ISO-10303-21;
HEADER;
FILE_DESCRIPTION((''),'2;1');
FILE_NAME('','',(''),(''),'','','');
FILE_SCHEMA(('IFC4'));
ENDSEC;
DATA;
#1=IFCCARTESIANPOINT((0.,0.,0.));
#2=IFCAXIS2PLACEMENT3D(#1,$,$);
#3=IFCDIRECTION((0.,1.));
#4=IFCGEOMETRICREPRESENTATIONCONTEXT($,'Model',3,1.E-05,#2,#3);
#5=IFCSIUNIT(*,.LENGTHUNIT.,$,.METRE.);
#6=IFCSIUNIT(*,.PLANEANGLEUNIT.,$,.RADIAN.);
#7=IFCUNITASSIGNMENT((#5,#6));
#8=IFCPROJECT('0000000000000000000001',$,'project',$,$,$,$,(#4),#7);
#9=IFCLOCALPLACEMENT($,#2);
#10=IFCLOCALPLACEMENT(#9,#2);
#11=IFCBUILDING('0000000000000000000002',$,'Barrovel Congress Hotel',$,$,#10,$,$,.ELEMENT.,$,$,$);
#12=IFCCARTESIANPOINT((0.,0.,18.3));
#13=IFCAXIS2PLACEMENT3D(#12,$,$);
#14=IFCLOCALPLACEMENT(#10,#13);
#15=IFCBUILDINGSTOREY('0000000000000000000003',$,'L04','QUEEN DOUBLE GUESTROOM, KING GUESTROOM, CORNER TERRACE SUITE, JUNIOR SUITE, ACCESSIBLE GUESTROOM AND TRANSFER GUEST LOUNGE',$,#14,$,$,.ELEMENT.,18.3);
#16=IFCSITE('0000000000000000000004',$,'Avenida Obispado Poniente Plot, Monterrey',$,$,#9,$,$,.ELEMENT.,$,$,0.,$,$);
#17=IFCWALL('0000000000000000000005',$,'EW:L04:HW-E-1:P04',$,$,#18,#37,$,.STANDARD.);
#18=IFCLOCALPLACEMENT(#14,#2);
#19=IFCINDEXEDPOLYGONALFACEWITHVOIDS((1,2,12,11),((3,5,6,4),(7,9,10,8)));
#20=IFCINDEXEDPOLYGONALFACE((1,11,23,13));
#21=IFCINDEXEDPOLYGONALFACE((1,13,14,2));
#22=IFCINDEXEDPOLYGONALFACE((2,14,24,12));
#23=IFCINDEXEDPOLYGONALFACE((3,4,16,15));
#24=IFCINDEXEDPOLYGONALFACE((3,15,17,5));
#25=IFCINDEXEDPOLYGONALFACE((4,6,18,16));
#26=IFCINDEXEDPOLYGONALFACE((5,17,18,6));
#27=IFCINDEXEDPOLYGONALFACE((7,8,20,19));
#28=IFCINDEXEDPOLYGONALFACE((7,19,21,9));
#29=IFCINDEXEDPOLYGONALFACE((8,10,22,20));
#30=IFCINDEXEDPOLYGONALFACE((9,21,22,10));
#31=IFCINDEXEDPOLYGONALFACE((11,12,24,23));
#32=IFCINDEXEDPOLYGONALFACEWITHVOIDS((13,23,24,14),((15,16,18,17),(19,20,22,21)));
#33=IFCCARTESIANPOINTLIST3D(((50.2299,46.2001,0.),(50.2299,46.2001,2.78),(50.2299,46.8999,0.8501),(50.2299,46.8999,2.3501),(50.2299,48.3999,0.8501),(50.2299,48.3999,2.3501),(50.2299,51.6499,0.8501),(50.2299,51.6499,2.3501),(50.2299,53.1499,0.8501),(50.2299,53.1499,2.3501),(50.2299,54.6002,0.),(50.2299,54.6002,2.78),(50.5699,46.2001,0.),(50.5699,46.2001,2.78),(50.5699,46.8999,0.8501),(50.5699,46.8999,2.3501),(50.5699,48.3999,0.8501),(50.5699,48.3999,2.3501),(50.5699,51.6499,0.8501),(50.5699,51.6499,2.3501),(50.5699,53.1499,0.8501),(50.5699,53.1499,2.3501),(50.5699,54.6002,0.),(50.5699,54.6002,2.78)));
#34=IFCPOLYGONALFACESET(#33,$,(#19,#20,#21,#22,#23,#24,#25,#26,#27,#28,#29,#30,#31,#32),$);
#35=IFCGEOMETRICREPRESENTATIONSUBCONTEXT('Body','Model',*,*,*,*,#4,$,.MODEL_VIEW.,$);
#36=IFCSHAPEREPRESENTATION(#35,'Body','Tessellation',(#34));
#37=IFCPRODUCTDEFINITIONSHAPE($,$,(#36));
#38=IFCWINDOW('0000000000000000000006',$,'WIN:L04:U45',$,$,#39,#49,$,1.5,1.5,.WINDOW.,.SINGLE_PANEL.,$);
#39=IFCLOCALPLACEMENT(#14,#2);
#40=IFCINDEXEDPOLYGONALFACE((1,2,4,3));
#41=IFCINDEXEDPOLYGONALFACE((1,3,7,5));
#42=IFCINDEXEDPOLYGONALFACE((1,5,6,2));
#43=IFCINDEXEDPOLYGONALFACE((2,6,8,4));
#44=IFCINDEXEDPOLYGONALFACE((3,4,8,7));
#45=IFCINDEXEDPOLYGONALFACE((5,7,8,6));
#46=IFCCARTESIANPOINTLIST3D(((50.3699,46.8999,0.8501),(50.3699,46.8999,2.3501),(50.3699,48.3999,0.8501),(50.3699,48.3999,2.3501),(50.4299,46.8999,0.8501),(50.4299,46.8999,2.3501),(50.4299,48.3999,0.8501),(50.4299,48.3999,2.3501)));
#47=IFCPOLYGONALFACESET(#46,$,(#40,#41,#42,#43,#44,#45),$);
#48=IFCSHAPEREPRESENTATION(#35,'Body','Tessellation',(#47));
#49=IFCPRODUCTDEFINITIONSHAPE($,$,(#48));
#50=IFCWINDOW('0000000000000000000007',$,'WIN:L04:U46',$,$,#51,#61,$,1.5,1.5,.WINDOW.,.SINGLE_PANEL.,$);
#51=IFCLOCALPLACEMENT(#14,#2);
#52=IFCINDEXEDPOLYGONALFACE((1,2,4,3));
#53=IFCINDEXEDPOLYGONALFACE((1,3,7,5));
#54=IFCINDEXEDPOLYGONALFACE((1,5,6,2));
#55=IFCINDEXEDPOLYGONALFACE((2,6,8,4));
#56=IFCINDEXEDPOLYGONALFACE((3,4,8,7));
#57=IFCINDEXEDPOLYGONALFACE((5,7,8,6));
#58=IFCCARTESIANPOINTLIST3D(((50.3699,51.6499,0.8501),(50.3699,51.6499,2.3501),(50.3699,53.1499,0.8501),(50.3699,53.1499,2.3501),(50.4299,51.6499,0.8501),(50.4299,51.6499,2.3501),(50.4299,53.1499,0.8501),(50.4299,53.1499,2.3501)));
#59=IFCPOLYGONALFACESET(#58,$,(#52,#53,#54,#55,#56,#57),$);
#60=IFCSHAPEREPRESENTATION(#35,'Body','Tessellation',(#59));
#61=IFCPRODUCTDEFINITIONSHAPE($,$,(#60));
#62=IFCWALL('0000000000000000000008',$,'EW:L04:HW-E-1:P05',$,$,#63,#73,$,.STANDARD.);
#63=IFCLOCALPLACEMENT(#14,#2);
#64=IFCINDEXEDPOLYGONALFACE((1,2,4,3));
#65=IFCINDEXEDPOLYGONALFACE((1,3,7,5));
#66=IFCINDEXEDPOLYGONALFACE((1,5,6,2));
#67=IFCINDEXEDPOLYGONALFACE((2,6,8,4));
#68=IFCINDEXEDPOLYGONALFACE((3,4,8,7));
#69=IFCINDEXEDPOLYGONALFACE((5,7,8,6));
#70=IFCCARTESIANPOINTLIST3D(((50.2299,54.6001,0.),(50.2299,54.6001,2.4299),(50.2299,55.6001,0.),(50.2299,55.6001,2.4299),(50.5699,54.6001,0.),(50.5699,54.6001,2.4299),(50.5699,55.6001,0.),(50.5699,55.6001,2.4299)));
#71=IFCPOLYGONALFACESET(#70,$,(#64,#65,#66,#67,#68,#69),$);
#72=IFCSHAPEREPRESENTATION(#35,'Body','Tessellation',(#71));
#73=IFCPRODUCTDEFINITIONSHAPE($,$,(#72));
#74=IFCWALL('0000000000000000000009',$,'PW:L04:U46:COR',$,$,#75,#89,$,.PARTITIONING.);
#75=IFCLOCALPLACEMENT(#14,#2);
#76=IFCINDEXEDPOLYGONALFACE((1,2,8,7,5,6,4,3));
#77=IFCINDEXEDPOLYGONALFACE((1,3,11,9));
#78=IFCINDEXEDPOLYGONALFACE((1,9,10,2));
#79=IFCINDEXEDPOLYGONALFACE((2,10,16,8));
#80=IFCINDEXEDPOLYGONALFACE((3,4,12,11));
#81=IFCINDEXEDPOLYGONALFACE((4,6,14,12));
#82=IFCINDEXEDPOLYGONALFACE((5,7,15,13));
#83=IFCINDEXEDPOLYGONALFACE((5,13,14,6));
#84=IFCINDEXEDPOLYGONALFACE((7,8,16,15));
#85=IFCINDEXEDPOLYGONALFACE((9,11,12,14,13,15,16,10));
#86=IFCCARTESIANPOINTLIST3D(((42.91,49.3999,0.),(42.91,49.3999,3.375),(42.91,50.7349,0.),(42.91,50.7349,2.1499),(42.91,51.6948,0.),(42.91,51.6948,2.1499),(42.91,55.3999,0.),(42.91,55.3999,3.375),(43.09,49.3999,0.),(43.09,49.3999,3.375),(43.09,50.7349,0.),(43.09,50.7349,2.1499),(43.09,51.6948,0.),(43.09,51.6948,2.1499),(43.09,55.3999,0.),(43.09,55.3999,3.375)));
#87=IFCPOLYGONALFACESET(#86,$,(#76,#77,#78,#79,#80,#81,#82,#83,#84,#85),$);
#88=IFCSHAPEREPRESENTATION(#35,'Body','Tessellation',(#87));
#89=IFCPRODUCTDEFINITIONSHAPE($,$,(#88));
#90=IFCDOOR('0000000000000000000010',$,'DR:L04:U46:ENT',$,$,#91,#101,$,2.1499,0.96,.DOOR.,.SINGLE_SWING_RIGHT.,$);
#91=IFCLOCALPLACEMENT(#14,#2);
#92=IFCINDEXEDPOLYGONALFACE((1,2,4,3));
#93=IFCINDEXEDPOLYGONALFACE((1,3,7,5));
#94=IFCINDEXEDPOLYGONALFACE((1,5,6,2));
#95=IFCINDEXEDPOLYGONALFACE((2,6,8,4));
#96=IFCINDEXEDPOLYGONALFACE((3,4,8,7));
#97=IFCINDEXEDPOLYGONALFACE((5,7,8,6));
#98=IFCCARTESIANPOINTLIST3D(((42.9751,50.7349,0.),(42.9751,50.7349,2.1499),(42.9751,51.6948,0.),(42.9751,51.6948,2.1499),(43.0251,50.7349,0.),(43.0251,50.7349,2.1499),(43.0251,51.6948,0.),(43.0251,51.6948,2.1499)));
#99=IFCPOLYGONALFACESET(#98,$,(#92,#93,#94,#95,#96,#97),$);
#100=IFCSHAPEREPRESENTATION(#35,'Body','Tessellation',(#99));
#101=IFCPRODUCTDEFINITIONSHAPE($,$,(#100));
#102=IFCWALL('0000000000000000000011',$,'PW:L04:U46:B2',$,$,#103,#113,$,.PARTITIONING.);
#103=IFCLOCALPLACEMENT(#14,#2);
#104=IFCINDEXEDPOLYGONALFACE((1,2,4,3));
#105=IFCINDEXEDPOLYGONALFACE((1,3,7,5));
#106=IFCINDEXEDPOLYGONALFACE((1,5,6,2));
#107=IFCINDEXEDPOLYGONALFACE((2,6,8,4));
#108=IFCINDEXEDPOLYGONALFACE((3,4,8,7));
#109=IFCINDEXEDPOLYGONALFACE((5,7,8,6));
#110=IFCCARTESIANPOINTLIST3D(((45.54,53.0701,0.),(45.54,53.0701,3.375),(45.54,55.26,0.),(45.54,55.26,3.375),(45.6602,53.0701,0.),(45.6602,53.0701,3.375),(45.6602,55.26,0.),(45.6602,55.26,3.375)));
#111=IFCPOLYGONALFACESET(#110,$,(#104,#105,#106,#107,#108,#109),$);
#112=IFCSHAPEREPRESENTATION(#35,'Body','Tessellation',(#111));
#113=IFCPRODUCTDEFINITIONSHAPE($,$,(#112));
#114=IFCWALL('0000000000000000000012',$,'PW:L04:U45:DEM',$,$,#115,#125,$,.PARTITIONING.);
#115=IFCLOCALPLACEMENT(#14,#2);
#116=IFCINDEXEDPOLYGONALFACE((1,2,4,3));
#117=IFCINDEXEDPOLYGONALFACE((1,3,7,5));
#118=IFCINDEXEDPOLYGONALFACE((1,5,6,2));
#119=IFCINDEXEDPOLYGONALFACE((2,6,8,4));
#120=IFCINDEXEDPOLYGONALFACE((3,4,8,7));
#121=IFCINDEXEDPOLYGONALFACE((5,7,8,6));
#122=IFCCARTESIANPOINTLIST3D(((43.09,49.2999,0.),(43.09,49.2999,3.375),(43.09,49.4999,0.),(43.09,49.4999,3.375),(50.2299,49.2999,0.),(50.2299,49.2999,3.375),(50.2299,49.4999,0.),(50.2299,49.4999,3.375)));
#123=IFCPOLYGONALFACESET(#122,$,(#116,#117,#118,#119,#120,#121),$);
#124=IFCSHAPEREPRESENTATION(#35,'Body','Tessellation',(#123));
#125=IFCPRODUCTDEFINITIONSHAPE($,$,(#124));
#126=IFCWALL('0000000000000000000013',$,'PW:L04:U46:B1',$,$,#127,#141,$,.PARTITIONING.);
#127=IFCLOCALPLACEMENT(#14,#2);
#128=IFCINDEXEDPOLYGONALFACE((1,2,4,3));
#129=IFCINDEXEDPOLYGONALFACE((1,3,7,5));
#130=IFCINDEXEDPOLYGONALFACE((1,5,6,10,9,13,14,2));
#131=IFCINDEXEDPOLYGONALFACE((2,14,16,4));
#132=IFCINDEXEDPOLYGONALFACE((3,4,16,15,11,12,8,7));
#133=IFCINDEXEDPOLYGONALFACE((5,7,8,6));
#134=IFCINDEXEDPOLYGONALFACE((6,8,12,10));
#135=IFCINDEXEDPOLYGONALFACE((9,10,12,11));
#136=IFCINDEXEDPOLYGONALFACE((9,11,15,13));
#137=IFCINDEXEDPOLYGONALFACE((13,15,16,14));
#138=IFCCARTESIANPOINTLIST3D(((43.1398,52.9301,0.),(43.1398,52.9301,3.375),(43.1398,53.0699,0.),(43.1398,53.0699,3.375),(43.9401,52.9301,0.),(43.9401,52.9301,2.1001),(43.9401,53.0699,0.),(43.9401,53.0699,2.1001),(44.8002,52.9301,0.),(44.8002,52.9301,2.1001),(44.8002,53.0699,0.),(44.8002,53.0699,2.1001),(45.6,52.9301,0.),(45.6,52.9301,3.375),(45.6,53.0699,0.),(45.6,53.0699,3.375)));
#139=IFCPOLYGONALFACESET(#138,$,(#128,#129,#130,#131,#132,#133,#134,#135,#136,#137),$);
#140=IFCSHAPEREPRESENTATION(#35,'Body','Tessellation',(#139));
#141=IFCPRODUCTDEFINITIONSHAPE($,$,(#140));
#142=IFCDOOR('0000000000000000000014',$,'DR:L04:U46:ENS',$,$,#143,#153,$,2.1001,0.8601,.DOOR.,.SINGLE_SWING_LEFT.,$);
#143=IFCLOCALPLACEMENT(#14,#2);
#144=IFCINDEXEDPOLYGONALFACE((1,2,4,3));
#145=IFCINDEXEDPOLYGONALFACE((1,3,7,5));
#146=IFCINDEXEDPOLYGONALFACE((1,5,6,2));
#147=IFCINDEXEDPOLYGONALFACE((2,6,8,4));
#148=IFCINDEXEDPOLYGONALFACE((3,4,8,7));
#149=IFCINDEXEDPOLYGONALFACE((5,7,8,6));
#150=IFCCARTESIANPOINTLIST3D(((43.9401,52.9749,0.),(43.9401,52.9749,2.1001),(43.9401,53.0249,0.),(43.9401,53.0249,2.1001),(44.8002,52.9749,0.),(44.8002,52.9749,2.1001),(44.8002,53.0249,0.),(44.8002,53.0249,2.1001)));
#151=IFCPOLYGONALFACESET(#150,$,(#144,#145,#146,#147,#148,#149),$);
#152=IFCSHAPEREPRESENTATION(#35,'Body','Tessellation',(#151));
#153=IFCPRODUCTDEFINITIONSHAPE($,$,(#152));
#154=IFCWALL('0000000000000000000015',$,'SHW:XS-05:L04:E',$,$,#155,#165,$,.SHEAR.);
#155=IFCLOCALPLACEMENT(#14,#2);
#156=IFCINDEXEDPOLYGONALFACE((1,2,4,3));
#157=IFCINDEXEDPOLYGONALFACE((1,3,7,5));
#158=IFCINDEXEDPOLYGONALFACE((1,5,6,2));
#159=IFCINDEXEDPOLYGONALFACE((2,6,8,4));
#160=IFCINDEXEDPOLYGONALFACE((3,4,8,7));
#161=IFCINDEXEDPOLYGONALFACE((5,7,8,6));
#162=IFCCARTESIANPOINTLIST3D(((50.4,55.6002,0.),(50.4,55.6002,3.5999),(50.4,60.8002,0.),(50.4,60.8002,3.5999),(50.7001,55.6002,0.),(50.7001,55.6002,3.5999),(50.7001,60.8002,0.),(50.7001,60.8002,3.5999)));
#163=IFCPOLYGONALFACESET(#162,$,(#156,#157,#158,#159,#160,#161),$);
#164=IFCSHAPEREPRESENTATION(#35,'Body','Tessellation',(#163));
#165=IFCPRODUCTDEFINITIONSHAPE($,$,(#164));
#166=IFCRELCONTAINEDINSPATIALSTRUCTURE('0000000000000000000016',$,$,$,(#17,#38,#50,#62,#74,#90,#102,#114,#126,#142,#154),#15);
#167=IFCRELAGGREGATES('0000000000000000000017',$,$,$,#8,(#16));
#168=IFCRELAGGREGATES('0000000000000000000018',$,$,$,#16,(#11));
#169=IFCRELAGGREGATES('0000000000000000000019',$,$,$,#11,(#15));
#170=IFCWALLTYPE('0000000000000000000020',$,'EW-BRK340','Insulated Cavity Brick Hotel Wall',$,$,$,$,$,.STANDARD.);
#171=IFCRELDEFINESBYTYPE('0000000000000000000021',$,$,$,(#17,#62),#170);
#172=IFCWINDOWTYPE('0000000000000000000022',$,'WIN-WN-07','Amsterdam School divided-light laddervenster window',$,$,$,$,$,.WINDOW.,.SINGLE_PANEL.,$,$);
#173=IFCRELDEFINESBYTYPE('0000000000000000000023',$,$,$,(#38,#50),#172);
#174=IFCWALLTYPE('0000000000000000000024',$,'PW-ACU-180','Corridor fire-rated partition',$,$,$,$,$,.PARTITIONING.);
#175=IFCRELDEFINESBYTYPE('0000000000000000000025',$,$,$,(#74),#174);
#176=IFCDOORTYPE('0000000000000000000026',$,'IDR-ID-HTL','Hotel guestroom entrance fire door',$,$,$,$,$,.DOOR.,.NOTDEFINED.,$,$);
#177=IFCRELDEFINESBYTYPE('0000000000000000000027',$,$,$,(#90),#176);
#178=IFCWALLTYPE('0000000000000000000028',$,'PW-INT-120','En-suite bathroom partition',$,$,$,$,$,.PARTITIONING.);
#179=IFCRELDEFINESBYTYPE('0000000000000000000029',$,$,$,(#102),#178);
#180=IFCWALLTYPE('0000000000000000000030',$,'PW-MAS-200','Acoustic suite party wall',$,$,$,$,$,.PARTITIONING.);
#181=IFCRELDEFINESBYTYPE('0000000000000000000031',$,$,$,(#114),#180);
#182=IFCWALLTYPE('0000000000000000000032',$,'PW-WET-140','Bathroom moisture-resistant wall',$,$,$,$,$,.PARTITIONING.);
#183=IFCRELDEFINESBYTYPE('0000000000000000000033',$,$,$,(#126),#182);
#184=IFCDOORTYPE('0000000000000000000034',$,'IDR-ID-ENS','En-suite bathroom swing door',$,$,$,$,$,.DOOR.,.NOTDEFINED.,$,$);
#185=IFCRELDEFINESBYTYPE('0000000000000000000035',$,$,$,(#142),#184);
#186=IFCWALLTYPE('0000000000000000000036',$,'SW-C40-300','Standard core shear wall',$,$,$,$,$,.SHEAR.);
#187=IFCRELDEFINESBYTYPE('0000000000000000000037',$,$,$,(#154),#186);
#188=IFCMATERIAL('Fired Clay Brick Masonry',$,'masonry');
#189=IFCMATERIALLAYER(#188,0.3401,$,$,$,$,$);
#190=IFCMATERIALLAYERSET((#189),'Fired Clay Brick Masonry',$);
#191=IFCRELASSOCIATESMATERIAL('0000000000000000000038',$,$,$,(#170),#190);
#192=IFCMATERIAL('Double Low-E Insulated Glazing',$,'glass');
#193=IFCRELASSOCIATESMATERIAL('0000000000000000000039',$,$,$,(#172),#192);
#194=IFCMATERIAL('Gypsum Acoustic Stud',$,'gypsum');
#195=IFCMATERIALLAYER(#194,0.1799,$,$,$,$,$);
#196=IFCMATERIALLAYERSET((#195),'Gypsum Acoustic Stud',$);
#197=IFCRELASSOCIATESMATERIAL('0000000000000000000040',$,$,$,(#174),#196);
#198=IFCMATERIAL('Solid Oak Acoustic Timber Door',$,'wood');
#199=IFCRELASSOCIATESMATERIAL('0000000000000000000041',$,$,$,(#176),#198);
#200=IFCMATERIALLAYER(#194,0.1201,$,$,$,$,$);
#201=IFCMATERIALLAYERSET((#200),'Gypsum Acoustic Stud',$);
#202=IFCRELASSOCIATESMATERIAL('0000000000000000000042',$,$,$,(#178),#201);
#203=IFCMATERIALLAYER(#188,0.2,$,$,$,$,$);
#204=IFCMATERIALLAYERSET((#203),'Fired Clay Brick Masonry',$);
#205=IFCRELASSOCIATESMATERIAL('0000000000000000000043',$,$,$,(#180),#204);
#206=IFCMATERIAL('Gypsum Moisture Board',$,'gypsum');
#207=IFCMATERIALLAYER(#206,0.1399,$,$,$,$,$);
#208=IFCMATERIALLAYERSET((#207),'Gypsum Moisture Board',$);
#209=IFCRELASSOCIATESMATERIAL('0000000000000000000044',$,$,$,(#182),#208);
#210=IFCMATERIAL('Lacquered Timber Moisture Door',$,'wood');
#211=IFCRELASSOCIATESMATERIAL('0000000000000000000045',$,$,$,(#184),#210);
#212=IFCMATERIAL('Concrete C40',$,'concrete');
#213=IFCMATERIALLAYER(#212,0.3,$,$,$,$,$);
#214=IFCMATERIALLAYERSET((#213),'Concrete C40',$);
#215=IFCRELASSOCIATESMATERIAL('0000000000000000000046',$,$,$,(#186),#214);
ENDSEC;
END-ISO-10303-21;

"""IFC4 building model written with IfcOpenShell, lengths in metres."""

from ifc_helpers import new_model, si_unit, direction, frame, frame_2d, origin, place, context, subcontext, project, spatial, rectangle, extrude, material, layer, layer_set, type_object, element, fill, save


model = new_model("IFC4")

# Units and contexts
model_context = context("Model", 3, precision=1e-05, world=origin(), true_north=direction((0.0, 1.0)))
body_context = subcontext(model_context, "Body", "Model", "MODEL_VIEW")
ifc_project = project(units=[si_unit("LENGTHUNIT", "METRE"), si_unit("PLANEANGLEUNIT", "RADIAN")], contexts=[model_context])

# Site, building, storey
site_placement = place(None, origin())
site = spatial("IfcSite", under=ifc_project, at=site_placement, Name="Avenida Obispado Poniente Plot, Monterrey", CompositionType="ELEMENT", RefElevation=0.0)
building_placement = place(site_placement, origin())
building = spatial("IfcBuilding", under=site, at=building_placement, Name="Barrovel Congress Hotel", CompositionType="ELEMENT")
storey_placement = place(building_placement, frame((0.0, 0.0, 18.3)))
storey = spatial("IfcBuildingStorey", under=building, at=storey_placement, Name="L04", Description="QUEEN DOUBLE GUESTROOM, KING GUESTROOM, CORNER TERRACE SUITE, JUNIOR SUITE, ACCESSIBLE GUESTROOM AND TRANSFER GUEST LOUNGE", CompositionType="ELEMENT", Elevation=18.3)

# Shared definitions
ifc_material_1 = material(Name="Concrete C40", Category="concrete")

# Wall, openings, windows
ifc_material_2 = material(Name="Fired Clay Brick Masonry", Category="masonry")
ifc_layer_1 = layer(ifc_material_2, 0.3401)
ifc_layer_set_1 = layer_set([ifc_layer_1], Name="Fired Clay Brick Masonry")
wall_type_1 = type_object("IfcWallType", Name="EW-BRK340", Description="Insulated Cavity Brick Hotel Wall", PredefinedType="STANDARD", material=ifc_layer_set_1)
wall_1_placement = place(storey_placement, frame((50.3999, 46.2, 0.0), z_axis=(0.0, 0.0, 1.0), x_axis=(0.0, 1.0, 0.0)))
wall_1 = element("IfcWall", 1, at=wall_1_placement, inside=storey, type_object=wall_type_1, Name="EW:L04:HW-E-1:P04", PredefinedType="STANDARD", context=body_context, shape_type="SweptSolid", body=[
    extrude(rectangle(XDim=8.4001, YDim=0.3401, at=frame_2d((4.2002, 0.0))), origin(), (0.0, 0.0, 1.0), 2.78),
])
opening_1_placement = place(wall_1_placement, frame((0.7, 0.0, 0.8501)))
opening_1 = element("IfcOpeningElement", 2, at=opening_1_placement, cuts=wall_1, PredefinedType="OPENING", context=body_context, shape_type="SweptSolid", body=[
    extrude(rectangle(XDim=1.5, YDim=1.5, at=frame_2d((0.75, 0.75))), frame((0.0, 0.1802, 0.0), z_axis=(0.0, -1.0, 0.0), x_axis=(1.0, 0.0, 0.0)), (0.0, 0.0, 1.0), 0.3601),
])
opening_2_placement = place(wall_1_placement, frame((5.45, 0.0, 0.8501)))
opening_2 = element("IfcOpeningElement", 3, at=opening_2_placement, cuts=wall_1, PredefinedType="OPENING", context=body_context, shape_type="SweptSolid", body=[
    extrude(rectangle(XDim=1.5, YDim=1.5, at=frame_2d((0.75, 0.75))), frame((0.0, 0.1802, 0.0), z_axis=(0.0, -1.0, 0.0), x_axis=(1.0, 0.0, 0.0)), (0.0, 0.0, 1.0), 0.3601),
])
ifc_material_3 = material(Name="Double Low-E Insulated Glazing", Category="glass")
window_type = type_object("IfcWindowType", Name="WIN-WN-07", Description="Amsterdam School divided-light laddervenster window", PartitioningType="SINGLE_PANEL", PredefinedType="WINDOW", material=ifc_material_3)
window_1_placement = place(opening_1_placement, origin())
window_1 = element("IfcWindow", 4, at=window_1_placement, inside=storey, type_object=window_type, Name="WIN:L04:U45", OverallHeight=1.5, OverallWidth=1.5, PartitioningType="SINGLE_PANEL", PredefinedType="WINDOW", context=body_context, shape_type="SweptSolid", body=[
    extrude(rectangle(XDim=1.5, YDim=1.5, at=frame_2d((0.75, 0.75))), frame((0.0, 0.03, 0.0), z_axis=(0.0, -1.0, 0.0), x_axis=(1.0, 0.0, 0.0)), (0.0, 0.0, 1.0), 0.0601),
])
fill(opening_1, window_1)
window_2_placement = place(opening_2_placement, origin())
window_2 = element("IfcWindow", 5, at=window_2_placement, inside=storey, type_object=window_type, Name="WIN:L04:U46", OverallHeight=1.5, OverallWidth=1.5, PartitioningType="SINGLE_PANEL", PredefinedType="WINDOW", context=body_context, shape_type="SweptSolid", body=[
    extrude(rectangle(XDim=1.5, YDim=1.5, at=frame_2d((0.75, 0.75))), frame((0.0, 0.03, 0.0), z_axis=(0.0, -1.0, 0.0), x_axis=(1.0, 0.0, 0.0)), (0.0, 0.0, 1.0), 0.0601),
])
fill(opening_2, window_2)

# Wall
wall_2_placement = place(storey_placement, frame((50.3999, 54.6001, 0.0), z_axis=(0.0, 0.0, 1.0), x_axis=(0.0, 1.0, 0.0)))
element("IfcWall", 6, at=wall_2_placement, inside=storey, type_object=wall_type_1, Name="EW:L04:HW-E-1:P05", PredefinedType="STANDARD", context=body_context, shape_type="SweptSolid", body=[
    extrude(rectangle(XDim=1.0, YDim=0.3401, at=frame_2d((0.5, 0.0))), origin(), (0.0, 0.0, 1.0), 2.4299),
])

# Wall, opening, door
ifc_material_4 = material(Name="Gypsum Acoustic Stud", Category="gypsum")
ifc_layer_2 = layer(ifc_material_4, 0.1799)
ifc_layer_set_2 = layer_set([ifc_layer_2], Name="Gypsum Acoustic Stud")
wall_type_2 = type_object("IfcWallType", Name="PW-ACU-180", Description="Corridor fire-rated partition", PredefinedType="PARTITIONING", material=ifc_layer_set_2)
wall_3_placement = place(storey_placement, frame((43.0, 49.3999, 0.0), z_axis=(0.0, 0.0, 1.0), x_axis=(0.0, 1.0, 0.0)))
wall_3 = element("IfcWall", 7, at=wall_3_placement, inside=storey, type_object=wall_type_2, Name="PW:L04:U46:COR", PredefinedType="PARTITIONING", context=body_context, shape_type="SweptSolid", body=[
    extrude(rectangle(XDim=6.0, YDim=0.1799, at=frame_2d((3.0, 0.0))), origin(), (0.0, 0.0, 1.0), 3.375),
])
opening_3_placement = place(wall_3_placement, frame((1.335, 0.0, 0.0)))
opening_3 = element("IfcOpeningElement", 8, at=opening_3_placement, cuts=wall_3, PredefinedType="OPENING", context=body_context, shape_type="SweptSolid", body=[
    extrude(rectangle(XDim=0.96, YDim=2.1499, at=frame_2d((0.48, 1.075))), frame((0.0, 0.1001, 0.0), z_axis=(0.0, -1.0, 0.0), x_axis=(1.0, 0.0, 0.0)), (0.0, 0.0, 1.0), 0.2),
])
ifc_material_5 = material(Name="Solid Oak Acoustic Timber Door", Category="wood")
door_type_1 = type_object("IfcDoorType", Name="IDR-ID-HTL", Description="Hotel guestroom entrance fire door", OperationType="NOTDEFINED", PredefinedType="DOOR", material=ifc_material_5)
door_1_placement = place(opening_3_placement, origin())
door_1 = element("IfcDoor", 9, at=door_1_placement, inside=storey, type_object=door_type_1, Name="DR:L04:U46:ENT", OperationType="SINGLE_SWING_RIGHT", OverallHeight=2.1499, OverallWidth=0.96, PredefinedType="DOOR", context=body_context, shape_type="SweptSolid", body=[
    extrude(rectangle(XDim=0.96, YDim=2.1499, at=frame_2d((0.48, 1.075))), frame((0.0, 0.0249, 0.0), z_axis=(0.0, -1.0, 0.0), x_axis=(1.0, 0.0, 0.0)), (0.0, 0.0, 1.0), 0.05),
])
fill(opening_3, door_1)

# Walls
ifc_layer_3 = layer(ifc_material_4, 0.1201)
ifc_layer_set_3 = layer_set([ifc_layer_3], Name="Gypsum Acoustic Stud")
wall_type_3 = type_object("IfcWallType", Name="PW-INT-120", Description="En-suite bathroom partition", PredefinedType="PARTITIONING", material=ifc_layer_set_3)
wall_4_placement = place(storey_placement, frame((45.6001, 53.0701, 0.0), z_axis=(0.0, 0.0, 1.0), x_axis=(0.0, 1.0, 0.0)))
element("IfcWall", 10, at=wall_4_placement, inside=storey, type_object=wall_type_3, Name="PW:L04:U46:B2", PredefinedType="PARTITIONING", context=body_context, shape_type="SweptSolid", body=[
    extrude(rectangle(XDim=2.1899, YDim=0.1201, at=frame_2d((1.095, 0.0))), origin(), (0.0, 0.0, 1.0), 3.375),
])
ifc_layer_4 = layer(ifc_material_2, 0.2)
ifc_layer_set_4 = layer_set([ifc_layer_4], Name="Fired Clay Brick Masonry")
wall_type_4 = type_object("IfcWallType", Name="PW-MAS-200", Description="Acoustic suite party wall", PredefinedType="PARTITIONING", material=ifc_layer_set_4)
wall_5_placement = place(storey_placement, frame((43.0901, 49.3999, 0.0), z_axis=(0.0, 0.0, 1.0), x_axis=(1.0, 0.0, 0.0)))
element("IfcWall", 11, at=wall_5_placement, inside=storey, type_object=wall_type_4, Name="PW:L04:U45:DEM", PredefinedType="PARTITIONING", context=body_context, shape_type="SweptSolid", body=[
    extrude(rectangle(XDim=7.1399, YDim=0.2, at=frame_2d((3.5698, 0.0))), origin(), (0.0, 0.0, 1.0), 3.375),
])

# Wall, opening, door
ifc_material_6 = material(Name="Gypsum Moisture Board", Category="gypsum")
ifc_layer_5 = layer(ifc_material_6, 0.1399)
ifc_layer_set_5 = layer_set([ifc_layer_5], Name="Gypsum Moisture Board")
wall_type_5 = type_object("IfcWallType", Name="PW-WET-140", Description="Bathroom moisture-resistant wall", PredefinedType="PARTITIONING", material=ifc_layer_set_5)
wall_6_placement = place(storey_placement, frame((43.1399, 53.0, 0.0), z_axis=(0.0, 0.0, 1.0), x_axis=(1.0, 0.0, 0.0)))
wall_6 = element("IfcWall", 12, at=wall_6_placement, inside=storey, type_object=wall_type_5, Name="PW:L04:U46:B1", PredefinedType="PARTITIONING", context=body_context, shape_type="SweptSolid", body=[
    extrude(rectangle(XDim=2.4602, YDim=0.1399, at=frame_2d((1.23, 0.0))), origin(), (0.0, 0.0, 1.0), 3.375),
])
opening_4_placement = place(wall_6_placement, frame((0.8, 0.0, 0.0)))
opening_4 = element("IfcOpeningElement", 13, at=opening_4_placement, cuts=wall_6, PredefinedType="OPENING", context=body_context, shape_type="SweptSolid", body=[
    extrude(rectangle(XDim=0.8601, YDim=2.1001, at=frame_2d((0.4302, 1.05))), frame((0.0, 0.0801, 0.0), z_axis=(0.0, -1.0, 0.0), x_axis=(1.0, 0.0, 0.0)), (0.0, 0.0, 1.0), 0.1599),
])
ifc_material_7 = material(Name="Lacquered Timber Moisture Door", Category="wood")
door_type_2 = type_object("IfcDoorType", Name="IDR-ID-ENS", Description="En-suite bathroom swing door", OperationType="NOTDEFINED", PredefinedType="DOOR", material=ifc_material_7)
door_2_placement = place(opening_4_placement, origin())
door_2 = element("IfcDoor", 14, at=door_2_placement, inside=storey, type_object=door_type_2, Name="DR:L04:U46:ENS", OperationType="SINGLE_SWING_LEFT", OverallHeight=2.1001, OverallWidth=0.8601, PredefinedType="DOOR", context=body_context, shape_type="SweptSolid", body=[
    extrude(rectangle(XDim=0.8601, YDim=2.1001, at=frame_2d((0.4302, 1.05))), frame((0.0, 0.0249, 0.0), z_axis=(0.0, -1.0, 0.0), x_axis=(1.0, 0.0, 0.0)), (0.0, 0.0, 1.0), 0.05),
])
fill(opening_4, door_2)

# Wall
ifc_layer_6 = layer(ifc_material_1, 0.3)
ifc_layer_set_6 = layer_set([ifc_layer_6], Name="Concrete C40")
wall_type_6 = type_object("IfcWallType", Name="SW-C40-300", Description="Standard core shear wall", PredefinedType="SHEAR", material=ifc_layer_set_6)
wall_7_placement = place(storey_placement, frame((50.55, 55.6001, 0.0), z_axis=(0.0, 0.0, 1.0), x_axis=(0.0, 1.0, 0.0)))
element("IfcWall", 15, at=wall_7_placement, inside=storey, type_object=wall_type_6, Name="SHW:XS-05:L04:E", PredefinedType="SHEAR", context=body_context, shape_type="SweptSolid", body=[
    extrude(rectangle(XDim=5.2, YDim=0.3, at=frame_2d((2.6001, 0.0))), origin(), (0.0, 0.0, 1.0), 3.5999),
])

save(model, "model.ifc")
